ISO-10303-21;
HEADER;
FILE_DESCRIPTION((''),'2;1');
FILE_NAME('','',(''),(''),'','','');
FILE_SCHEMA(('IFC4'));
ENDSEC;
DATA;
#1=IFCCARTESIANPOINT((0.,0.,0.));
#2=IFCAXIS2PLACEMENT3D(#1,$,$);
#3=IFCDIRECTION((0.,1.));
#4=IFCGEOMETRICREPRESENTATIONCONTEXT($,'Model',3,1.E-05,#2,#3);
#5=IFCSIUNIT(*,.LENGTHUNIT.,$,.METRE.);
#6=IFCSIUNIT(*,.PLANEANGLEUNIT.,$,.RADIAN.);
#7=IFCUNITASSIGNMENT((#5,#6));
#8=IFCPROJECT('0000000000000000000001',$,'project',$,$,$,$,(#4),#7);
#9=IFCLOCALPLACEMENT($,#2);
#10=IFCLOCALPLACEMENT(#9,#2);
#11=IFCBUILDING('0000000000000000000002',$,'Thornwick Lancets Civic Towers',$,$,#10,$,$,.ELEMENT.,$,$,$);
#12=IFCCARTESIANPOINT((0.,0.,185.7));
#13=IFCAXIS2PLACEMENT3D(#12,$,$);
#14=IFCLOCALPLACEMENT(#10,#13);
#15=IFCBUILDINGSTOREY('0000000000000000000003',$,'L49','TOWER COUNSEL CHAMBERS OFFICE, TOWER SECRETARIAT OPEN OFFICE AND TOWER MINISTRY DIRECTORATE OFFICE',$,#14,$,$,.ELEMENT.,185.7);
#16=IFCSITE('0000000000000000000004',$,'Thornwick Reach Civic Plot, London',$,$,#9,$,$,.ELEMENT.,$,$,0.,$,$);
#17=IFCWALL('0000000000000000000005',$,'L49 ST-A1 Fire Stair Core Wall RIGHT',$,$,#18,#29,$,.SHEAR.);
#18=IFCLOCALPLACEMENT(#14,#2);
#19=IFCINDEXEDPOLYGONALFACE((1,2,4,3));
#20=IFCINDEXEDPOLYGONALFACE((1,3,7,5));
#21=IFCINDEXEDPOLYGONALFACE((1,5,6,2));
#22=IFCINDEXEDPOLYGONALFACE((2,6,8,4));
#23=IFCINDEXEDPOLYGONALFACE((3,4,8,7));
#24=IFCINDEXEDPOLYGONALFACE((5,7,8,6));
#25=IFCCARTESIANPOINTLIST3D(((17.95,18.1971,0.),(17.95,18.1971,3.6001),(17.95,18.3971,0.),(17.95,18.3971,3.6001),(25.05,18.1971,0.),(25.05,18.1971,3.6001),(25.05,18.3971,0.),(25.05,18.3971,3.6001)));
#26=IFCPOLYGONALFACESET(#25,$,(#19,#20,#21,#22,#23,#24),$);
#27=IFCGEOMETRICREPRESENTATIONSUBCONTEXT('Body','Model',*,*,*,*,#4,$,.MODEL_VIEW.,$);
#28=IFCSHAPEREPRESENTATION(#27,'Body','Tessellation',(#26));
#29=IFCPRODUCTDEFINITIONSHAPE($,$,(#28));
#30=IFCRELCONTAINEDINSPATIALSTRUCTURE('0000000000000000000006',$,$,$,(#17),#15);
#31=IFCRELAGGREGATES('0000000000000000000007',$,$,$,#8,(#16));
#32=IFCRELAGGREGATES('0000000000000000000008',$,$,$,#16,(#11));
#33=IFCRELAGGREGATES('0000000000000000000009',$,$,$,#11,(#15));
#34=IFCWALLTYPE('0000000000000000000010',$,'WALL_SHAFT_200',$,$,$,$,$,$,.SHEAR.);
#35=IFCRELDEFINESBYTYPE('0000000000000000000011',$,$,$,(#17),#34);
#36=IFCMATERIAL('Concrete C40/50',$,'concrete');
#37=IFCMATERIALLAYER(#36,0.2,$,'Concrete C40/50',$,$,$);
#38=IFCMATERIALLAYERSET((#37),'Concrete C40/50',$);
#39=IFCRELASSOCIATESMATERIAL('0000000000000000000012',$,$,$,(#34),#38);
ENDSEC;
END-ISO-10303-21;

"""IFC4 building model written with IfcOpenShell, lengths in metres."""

from ifc_helpers import new_model, si_unit, direction, frame, frame_2d, origin, place, context, subcontext, project, spatial, rectangle, extrude, material, layer, layer_set, type_object, element, save


model = new_model("IFC4")

# Units and contexts
model_context = context("Model", 3, precision=1e-05, world=origin(), true_north=direction((0.0, 1.0)))
body_context = subcontext(model_context, "Body", "Model", "MODEL_VIEW")
ifc_project = project(units=[si_unit("LENGTHUNIT", "METRE"), si_unit("PLANEANGLEUNIT", "RADIAN")], contexts=[model_context])

# Site, building, storey
site_placement = place(None, origin())
site = spatial("IfcSite", under=ifc_project, at=site_placement, Name="Thornwick Reach Civic Plot, London", CompositionType="ELEMENT", RefElevation=0.0)
building_placement = place(site_placement, origin())
building = spatial("IfcBuilding", under=site, at=building_placement, Name="Thornwick Lancets Civic Towers", CompositionType="ELEMENT")
storey_placement = place(building_placement, frame((0.0, 0.0, 185.7)))
storey = spatial("IfcBuildingStorey", under=building, at=storey_placement, Name="L49", Description="TOWER COUNSEL CHAMBERS OFFICE, TOWER SECRETARIAT OPEN OFFICE AND TOWER MINISTRY DIRECTORATE OFFICE", CompositionType="ELEMENT", Elevation=185.7)

# Shared definitions
ifc_material_1 = material(Name="Concrete C40/50", Category="concrete")

# Wall
ifc_layer_1 = layer(ifc_material_1, 0.2, Name="Concrete C40/50")
ifc_layer_set_1 = layer_set([ifc_layer_1], Name="Concrete C40/50")
wall_type_1 = type_object("IfcWallType", Name="WALL_SHAFT_200", PredefinedType="SHEAR", material=ifc_layer_set_1)
wall_1_placement = place(storey_placement, frame((25.05, 18.2971, 0.0), z_axis=(0.0, 0.0, 1.0), x_axis=(-1.0, 0.0, 0.0)))
element("IfcWall", 1, at=wall_1_placement, inside=storey, type_object=wall_type_1, Name="L49 ST-A1 Fire Stair Core Wall RIGHT", PredefinedType="SHEAR", context=body_context, shape_type="SweptSolid", body=[
    extrude(rectangle(XDim=7.1001, YDim=0.2, at=frame_2d((3.55, 0.0))), origin(), (0.0, 0.0, 1.0), 3.6001),
])

save(model, "model.ifc")
